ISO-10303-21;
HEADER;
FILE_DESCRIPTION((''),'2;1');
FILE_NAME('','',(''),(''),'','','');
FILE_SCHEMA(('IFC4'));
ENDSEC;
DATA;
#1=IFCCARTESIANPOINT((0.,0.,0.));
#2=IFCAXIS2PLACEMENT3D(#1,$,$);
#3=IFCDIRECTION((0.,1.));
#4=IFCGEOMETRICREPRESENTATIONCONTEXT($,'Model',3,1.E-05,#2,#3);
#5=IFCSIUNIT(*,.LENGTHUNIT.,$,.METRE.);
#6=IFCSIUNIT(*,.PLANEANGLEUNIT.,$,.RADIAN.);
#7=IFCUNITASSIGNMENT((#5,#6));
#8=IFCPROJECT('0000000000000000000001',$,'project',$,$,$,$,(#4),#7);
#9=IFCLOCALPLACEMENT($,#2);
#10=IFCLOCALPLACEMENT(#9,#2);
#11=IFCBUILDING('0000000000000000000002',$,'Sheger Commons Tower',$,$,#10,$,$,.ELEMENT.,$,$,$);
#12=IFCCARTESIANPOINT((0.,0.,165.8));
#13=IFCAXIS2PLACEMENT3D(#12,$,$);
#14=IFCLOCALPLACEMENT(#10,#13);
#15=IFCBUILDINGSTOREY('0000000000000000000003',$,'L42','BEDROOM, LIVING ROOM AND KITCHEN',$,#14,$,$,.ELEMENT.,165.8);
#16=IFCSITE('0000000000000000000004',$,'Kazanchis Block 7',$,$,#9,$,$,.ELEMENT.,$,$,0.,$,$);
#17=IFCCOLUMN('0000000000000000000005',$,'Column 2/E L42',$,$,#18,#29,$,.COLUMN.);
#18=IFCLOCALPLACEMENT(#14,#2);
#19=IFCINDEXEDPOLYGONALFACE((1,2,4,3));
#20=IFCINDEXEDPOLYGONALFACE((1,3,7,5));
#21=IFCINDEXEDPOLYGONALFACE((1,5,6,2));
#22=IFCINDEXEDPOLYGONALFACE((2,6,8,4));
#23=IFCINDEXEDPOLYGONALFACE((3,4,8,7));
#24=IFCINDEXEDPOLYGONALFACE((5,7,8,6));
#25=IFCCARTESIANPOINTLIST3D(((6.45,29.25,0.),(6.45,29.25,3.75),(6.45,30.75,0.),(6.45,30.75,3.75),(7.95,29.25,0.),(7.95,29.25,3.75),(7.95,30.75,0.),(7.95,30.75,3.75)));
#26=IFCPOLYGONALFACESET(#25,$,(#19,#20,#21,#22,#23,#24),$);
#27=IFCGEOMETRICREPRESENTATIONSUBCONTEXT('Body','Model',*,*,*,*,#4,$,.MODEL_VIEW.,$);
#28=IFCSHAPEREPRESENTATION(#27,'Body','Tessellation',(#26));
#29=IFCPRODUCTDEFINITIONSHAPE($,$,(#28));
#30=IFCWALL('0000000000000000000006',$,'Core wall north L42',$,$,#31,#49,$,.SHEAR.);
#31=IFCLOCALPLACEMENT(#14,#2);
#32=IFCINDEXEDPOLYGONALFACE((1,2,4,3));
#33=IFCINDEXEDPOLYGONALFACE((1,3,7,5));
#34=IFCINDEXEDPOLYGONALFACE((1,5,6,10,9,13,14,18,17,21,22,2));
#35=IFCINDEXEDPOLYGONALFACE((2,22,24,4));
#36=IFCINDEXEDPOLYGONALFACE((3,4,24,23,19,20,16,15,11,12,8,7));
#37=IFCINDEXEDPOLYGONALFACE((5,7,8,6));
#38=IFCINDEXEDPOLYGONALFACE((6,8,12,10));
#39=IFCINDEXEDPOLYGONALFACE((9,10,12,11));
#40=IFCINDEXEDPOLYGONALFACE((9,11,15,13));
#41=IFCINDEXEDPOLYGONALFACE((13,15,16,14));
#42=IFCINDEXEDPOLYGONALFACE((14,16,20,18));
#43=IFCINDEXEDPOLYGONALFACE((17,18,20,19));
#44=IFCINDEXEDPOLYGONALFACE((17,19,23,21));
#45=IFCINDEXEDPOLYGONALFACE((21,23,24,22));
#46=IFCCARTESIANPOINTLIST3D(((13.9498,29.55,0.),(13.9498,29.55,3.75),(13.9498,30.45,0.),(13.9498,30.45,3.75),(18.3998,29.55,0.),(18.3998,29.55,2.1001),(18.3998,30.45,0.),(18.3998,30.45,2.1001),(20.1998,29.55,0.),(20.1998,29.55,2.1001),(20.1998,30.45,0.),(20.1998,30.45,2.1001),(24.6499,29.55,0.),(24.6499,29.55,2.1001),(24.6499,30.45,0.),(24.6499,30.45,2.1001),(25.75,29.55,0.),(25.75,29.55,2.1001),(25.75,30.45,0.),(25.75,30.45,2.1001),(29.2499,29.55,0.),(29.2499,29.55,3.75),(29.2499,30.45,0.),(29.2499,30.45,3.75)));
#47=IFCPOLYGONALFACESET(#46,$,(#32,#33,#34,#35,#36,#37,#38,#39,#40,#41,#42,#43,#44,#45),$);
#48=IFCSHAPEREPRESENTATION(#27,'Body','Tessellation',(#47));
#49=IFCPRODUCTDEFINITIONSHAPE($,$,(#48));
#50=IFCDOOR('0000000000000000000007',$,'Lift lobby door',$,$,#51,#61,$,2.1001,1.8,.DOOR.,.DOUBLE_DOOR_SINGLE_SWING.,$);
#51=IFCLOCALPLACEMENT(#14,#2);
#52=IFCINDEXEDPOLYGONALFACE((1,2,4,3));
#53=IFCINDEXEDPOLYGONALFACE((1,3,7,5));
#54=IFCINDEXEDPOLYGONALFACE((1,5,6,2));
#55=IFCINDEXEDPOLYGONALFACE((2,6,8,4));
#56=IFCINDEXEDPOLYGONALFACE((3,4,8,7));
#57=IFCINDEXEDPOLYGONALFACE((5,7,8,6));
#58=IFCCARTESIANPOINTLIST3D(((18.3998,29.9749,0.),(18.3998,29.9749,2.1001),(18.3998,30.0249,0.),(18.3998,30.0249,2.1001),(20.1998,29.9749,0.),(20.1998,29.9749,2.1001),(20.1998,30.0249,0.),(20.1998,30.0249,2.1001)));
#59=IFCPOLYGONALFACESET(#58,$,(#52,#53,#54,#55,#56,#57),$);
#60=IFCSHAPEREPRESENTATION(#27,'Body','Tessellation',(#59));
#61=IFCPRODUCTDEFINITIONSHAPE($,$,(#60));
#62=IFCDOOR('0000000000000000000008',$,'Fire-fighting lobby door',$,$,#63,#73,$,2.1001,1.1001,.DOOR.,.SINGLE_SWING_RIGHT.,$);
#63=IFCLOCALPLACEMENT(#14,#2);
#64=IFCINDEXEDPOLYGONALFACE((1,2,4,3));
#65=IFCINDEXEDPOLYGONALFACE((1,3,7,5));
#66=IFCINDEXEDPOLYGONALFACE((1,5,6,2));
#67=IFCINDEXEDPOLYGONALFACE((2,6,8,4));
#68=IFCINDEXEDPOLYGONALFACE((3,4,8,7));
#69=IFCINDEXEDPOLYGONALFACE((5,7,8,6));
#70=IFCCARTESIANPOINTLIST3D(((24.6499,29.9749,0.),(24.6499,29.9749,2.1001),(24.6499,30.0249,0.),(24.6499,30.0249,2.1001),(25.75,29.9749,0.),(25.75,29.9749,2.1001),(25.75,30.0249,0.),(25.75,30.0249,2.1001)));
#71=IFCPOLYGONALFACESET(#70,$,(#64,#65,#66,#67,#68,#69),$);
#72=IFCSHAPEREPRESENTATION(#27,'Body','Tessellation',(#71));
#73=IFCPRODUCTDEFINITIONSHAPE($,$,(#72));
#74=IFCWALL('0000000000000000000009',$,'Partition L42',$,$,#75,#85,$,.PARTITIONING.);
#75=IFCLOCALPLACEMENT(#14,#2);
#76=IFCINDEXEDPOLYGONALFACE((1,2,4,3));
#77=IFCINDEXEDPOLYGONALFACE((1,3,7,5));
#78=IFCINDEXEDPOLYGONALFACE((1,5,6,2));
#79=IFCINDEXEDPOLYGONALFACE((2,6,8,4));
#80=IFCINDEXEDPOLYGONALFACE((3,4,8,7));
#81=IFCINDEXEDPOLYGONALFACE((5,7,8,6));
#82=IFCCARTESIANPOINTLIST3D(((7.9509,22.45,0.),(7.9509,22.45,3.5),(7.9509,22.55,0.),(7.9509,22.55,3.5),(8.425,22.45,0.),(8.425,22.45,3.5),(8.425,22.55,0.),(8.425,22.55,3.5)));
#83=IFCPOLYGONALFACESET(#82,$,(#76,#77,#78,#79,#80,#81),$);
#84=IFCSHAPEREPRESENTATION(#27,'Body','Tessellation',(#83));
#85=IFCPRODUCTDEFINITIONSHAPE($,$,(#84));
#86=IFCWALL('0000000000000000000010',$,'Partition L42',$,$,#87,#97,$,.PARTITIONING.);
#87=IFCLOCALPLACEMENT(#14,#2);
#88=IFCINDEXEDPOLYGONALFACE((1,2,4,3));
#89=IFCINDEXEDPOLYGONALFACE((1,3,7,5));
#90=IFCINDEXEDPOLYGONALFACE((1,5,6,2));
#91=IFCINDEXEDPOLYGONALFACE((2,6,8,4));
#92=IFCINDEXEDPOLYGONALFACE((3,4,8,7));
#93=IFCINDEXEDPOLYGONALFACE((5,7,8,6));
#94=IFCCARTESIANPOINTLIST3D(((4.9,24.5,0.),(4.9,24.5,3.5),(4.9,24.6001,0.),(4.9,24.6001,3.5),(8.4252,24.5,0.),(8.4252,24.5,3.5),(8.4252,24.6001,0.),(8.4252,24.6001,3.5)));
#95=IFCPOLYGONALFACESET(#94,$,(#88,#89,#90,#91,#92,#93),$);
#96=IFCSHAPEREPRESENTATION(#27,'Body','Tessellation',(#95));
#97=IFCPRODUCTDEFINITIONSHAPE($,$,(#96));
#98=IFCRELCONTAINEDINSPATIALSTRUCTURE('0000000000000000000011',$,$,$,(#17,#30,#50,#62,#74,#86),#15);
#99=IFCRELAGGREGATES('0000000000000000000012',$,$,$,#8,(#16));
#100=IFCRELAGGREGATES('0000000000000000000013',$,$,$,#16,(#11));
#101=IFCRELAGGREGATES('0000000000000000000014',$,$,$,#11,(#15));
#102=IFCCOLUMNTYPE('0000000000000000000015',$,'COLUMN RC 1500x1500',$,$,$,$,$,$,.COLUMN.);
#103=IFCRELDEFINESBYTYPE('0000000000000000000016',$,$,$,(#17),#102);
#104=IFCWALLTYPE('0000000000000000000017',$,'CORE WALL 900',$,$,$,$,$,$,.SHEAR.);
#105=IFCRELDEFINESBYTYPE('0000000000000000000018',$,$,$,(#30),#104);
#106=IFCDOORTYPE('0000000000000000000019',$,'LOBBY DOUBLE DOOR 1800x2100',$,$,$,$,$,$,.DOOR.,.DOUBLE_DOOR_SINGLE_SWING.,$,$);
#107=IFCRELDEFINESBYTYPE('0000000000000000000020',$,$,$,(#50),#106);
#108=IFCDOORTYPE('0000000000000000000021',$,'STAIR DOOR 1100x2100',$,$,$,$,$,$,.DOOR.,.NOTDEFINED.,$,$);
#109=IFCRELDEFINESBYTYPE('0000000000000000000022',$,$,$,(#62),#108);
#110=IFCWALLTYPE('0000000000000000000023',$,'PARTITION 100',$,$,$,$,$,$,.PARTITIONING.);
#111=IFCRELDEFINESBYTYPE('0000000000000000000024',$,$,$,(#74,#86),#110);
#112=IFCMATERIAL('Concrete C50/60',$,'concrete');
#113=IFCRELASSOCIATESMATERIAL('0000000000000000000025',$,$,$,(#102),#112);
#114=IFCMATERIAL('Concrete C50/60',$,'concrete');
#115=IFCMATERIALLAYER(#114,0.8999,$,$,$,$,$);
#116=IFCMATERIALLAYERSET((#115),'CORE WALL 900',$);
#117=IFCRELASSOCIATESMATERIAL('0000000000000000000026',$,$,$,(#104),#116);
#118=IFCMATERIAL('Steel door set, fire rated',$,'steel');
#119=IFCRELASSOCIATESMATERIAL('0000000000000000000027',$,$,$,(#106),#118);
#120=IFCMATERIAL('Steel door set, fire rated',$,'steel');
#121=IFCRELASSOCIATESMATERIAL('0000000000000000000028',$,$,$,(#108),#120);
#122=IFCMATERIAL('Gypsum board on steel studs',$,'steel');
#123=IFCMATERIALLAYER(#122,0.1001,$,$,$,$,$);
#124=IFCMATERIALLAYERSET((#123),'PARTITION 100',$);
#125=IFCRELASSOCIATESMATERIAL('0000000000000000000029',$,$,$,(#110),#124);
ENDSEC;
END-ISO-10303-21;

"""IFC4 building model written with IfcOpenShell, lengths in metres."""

from ifc_helpers import new_model, si_unit, direction, frame, frame_2d, origin, origin_2d, place, context, subcontext, project, spatial, rectangle, extrude, material, layer, layer_set, material_profile, profile_set, type_object, element, fill, save


model = new_model("IFC4")

# Units and contexts
model_context = context("Model", 3, precision=1e-05, world=origin(), true_north=direction((0.0, 1.0)))
body_context = subcontext(model_context, "Body", "Model", "MODEL_VIEW")
ifc_project = project(units=[si_unit("LENGTHUNIT", "METRE"), si_unit("PLANEANGLEUNIT", "RADIAN")], contexts=[model_context])

# Site, building, storey
site_placement = place(None, origin())
site = spatial("IfcSite", under=ifc_project, at=site_placement, Name="Kazanchis Block 7", CompositionType="ELEMENT", RefElevation=0.0)
building_placement = place(site_placement, origin())
building = spatial("IfcBuilding", under=site, at=building_placement, Name="Sheger Commons Tower", CompositionType="ELEMENT")
storey_placement = place(building_placement, frame((0.0, 0.0, 165.8)))
storey = spatial("IfcBuildingStorey", under=building, at=storey_placement, Name="L42", Description="BEDROOM, LIVING ROOM AND KITCHEN", CompositionType="ELEMENT", Elevation=165.8)

# Column
ifc_material_1 = material(Name="Concrete C50/60", Category="concrete")
ifc_material_profile = material_profile(ifc_material_1, rectangle(XDim=1.5, YDim=1.5, at=origin_2d()), Name="RC 1500x1500")
ifc_profile_set = profile_set([ifc_material_profile], Name="Concrete C50/60")
column_type = type_object("IfcColumnType", Name="COLUMN RC 1500x1500", PredefinedType="COLUMN", material=ifc_profile_set)
column_placement = place(storey_placement, frame((7.2, 30.0, 0.0), z_axis=(0.0, 0.0, 1.0), x_axis=(1.0, 0.0, 0.0)))
element("IfcColumn", 1, at=column_placement, inside=storey, type_object=column_type, Name="Column 2/E L42", PredefinedType="COLUMN", context=body_context, shape_type="SweptSolid", body=[
    extrude(rectangle(XDim=1.5, YDim=1.5, at=origin_2d()), origin(), (0.0, 0.0, 1.0), 3.75),
])

# Wall, openings, doors
ifc_material_2 = material(Name="Concrete C50/60", Category="concrete")
ifc_layer_1 = layer(ifc_material_2, 0.8999)
ifc_layer_set_1 = layer_set([ifc_layer_1], Name="CORE WALL 900")
wall_type_1 = type_object("IfcWallType", Name="CORE WALL 900", PredefinedType="SHEAR", material=ifc_layer_set_1)
wall_1_placement = place(storey_placement, frame((13.95, 30.0, 0.0), z_axis=(0.0, 0.0, 1.0), x_axis=(1.0, 0.0, 0.0)))
wall_1 = element("IfcWall", 2, at=wall_1_placement, inside=storey, type_object=wall_type_1, Name="Core wall north L42", PredefinedType="SHEAR", context=body_context, shape_type="SweptSolid", body=[
    extrude(rectangle(XDim=15.3, YDim=0.8999, at=frame_2d((7.6499, 0.0))), origin(), (0.0, 0.0, 1.0), 3.75),
])
opening_1_placement = place(wall_1_placement, frame((4.45, 0.0, 0.0)))
opening_1 = element("IfcOpeningElement", 3, at=opening_1_placement, cuts=wall_1, PredefinedType="OPENING", context=body_context, shape_type="SweptSolid", body=[
    extrude(rectangle(XDim=1.8, YDim=2.1001, at=frame_2d((0.8999, 1.05))), frame((0.0, 0.46, 0.0), z_axis=(0.0, -1.0, 0.0), x_axis=(1.0, 0.0, 0.0)), (0.0, 0.0, 1.0), 0.9199),
])
opening_2_placement = place(wall_1_placement, frame((10.7, 0.0, 0.0)))
opening_2 = element("IfcOpeningElement", 4, at=opening_2_placement, cuts=wall_1, PredefinedType="OPENING", context=body_context, shape_type="SweptSolid", body=[
    extrude(rectangle(XDim=1.1001, YDim=2.1001, at=frame_2d((0.55, 1.05))), frame((0.0, 0.46, 0.0), z_axis=(0.0, -1.0, 0.0), x_axis=(1.0, 0.0, 0.0)), (0.0, 0.0, 1.0), 0.9199),
])
ifc_material_3 = material(Name="Steel door set, fire rated", Category="steel")
door_type_1 = type_object("IfcDoorType", Name="LOBBY DOUBLE DOOR 1800x2100", OperationType="DOUBLE_DOOR_SINGLE_SWING", PredefinedType="DOOR", material=ifc_material_3)
door_1_placement = place(opening_1_placement, origin())
door_1 = element("IfcDoor", 5, at=door_1_placement, inside=storey, type_object=door_type_1, Name="Lift lobby door", OperationType="DOUBLE_DOOR_SINGLE_SWING", OverallHeight=2.1001, OverallWidth=1.8, PredefinedType="DOOR", context=body_context, shape_type="SweptSolid", body=[
    extrude(rectangle(XDim=1.8, YDim=2.1001, at=frame_2d((0.8999, 1.05))), frame((0.0, 0.0249, 0.0), z_axis=(0.0, -1.0, 0.0), x_axis=(1.0, 0.0, 0.0)), (0.0, 0.0, 1.0), 0.05),
])
fill(opening_1, door_1)
ifc_material_4 = material(Name="Steel door set, fire rated", Category="steel")
door_type_2 = type_object("IfcDoorType", Name="STAIR DOOR 1100x2100", OperationType="NOTDEFINED", PredefinedType="DOOR", material=ifc_material_4)
door_2_placement = place(opening_2_placement, origin())
door_2 = element("IfcDoor", 6, at=door_2_placement, inside=storey, type_object=door_type_2, Name="Fire-fighting lobby door", OperationType="SINGLE_SWING_RIGHT", OverallHeight=2.1001, OverallWidth=1.1001, PredefinedType="DOOR", context=body_context, shape_type="SweptSolid", body=[
    extrude(rectangle(XDim=1.1001, YDim=2.1001, at=frame_2d((0.55, 1.05))), frame((0.0, 0.0249, 0.0), z_axis=(0.0, -1.0, 0.0), x_axis=(1.0, 0.0, 0.0)), (0.0, 0.0, 1.0), 0.05),
])
fill(opening_2, door_2)

# Walls
ifc_material_5 = material(Name="Gypsum board on steel studs", Category="steel")
ifc_layer_2 = layer(ifc_material_5, 0.1001)
ifc_layer_set_2 = layer_set([ifc_layer_2], Name="PARTITION 100")
wall_type_2 = type_object("IfcWallType", Name="PARTITION 100", PredefinedType="PARTITIONING", material=ifc_layer_set_2)
wall_2_placement = place(storey_placement, frame((7.9509, 22.5, 0.0), z_axis=(0.0, 0.0, 1.0), x_axis=(1.0, 0.0, 0.0)))
element("IfcWall", 7, at=wall_2_placement, inside=storey, type_object=wall_type_2, Name="Partition L42", PredefinedType="PARTITIONING", context=body_context, shape_type="SweptSolid", body=[
    extrude(rectangle(XDim=0.4741, YDim=0.1001, at=frame_2d((0.2371, 0.0))), origin(), (0.0, 0.0, 1.0), 3.5),
])
wall_3_placement = place(storey_placement, frame((4.8999, 24.55, 0.0), z_axis=(0.0, 0.0, 1.0), x_axis=(1.0, 0.0, 0.0)))
element("IfcWall", 8, at=wall_3_placement, inside=storey, type_object=wall_type_2, Name="Partition L42", PredefinedType="PARTITIONING", context=body_context, shape_type="SweptSolid", body=[
    extrude(rectangle(XDim=3.5251, YDim=0.1001, at=frame_2d((1.7627, 0.0))), origin(), (0.0, 0.0, 1.0), 3.5),
])

save(model, "model.ifc")
